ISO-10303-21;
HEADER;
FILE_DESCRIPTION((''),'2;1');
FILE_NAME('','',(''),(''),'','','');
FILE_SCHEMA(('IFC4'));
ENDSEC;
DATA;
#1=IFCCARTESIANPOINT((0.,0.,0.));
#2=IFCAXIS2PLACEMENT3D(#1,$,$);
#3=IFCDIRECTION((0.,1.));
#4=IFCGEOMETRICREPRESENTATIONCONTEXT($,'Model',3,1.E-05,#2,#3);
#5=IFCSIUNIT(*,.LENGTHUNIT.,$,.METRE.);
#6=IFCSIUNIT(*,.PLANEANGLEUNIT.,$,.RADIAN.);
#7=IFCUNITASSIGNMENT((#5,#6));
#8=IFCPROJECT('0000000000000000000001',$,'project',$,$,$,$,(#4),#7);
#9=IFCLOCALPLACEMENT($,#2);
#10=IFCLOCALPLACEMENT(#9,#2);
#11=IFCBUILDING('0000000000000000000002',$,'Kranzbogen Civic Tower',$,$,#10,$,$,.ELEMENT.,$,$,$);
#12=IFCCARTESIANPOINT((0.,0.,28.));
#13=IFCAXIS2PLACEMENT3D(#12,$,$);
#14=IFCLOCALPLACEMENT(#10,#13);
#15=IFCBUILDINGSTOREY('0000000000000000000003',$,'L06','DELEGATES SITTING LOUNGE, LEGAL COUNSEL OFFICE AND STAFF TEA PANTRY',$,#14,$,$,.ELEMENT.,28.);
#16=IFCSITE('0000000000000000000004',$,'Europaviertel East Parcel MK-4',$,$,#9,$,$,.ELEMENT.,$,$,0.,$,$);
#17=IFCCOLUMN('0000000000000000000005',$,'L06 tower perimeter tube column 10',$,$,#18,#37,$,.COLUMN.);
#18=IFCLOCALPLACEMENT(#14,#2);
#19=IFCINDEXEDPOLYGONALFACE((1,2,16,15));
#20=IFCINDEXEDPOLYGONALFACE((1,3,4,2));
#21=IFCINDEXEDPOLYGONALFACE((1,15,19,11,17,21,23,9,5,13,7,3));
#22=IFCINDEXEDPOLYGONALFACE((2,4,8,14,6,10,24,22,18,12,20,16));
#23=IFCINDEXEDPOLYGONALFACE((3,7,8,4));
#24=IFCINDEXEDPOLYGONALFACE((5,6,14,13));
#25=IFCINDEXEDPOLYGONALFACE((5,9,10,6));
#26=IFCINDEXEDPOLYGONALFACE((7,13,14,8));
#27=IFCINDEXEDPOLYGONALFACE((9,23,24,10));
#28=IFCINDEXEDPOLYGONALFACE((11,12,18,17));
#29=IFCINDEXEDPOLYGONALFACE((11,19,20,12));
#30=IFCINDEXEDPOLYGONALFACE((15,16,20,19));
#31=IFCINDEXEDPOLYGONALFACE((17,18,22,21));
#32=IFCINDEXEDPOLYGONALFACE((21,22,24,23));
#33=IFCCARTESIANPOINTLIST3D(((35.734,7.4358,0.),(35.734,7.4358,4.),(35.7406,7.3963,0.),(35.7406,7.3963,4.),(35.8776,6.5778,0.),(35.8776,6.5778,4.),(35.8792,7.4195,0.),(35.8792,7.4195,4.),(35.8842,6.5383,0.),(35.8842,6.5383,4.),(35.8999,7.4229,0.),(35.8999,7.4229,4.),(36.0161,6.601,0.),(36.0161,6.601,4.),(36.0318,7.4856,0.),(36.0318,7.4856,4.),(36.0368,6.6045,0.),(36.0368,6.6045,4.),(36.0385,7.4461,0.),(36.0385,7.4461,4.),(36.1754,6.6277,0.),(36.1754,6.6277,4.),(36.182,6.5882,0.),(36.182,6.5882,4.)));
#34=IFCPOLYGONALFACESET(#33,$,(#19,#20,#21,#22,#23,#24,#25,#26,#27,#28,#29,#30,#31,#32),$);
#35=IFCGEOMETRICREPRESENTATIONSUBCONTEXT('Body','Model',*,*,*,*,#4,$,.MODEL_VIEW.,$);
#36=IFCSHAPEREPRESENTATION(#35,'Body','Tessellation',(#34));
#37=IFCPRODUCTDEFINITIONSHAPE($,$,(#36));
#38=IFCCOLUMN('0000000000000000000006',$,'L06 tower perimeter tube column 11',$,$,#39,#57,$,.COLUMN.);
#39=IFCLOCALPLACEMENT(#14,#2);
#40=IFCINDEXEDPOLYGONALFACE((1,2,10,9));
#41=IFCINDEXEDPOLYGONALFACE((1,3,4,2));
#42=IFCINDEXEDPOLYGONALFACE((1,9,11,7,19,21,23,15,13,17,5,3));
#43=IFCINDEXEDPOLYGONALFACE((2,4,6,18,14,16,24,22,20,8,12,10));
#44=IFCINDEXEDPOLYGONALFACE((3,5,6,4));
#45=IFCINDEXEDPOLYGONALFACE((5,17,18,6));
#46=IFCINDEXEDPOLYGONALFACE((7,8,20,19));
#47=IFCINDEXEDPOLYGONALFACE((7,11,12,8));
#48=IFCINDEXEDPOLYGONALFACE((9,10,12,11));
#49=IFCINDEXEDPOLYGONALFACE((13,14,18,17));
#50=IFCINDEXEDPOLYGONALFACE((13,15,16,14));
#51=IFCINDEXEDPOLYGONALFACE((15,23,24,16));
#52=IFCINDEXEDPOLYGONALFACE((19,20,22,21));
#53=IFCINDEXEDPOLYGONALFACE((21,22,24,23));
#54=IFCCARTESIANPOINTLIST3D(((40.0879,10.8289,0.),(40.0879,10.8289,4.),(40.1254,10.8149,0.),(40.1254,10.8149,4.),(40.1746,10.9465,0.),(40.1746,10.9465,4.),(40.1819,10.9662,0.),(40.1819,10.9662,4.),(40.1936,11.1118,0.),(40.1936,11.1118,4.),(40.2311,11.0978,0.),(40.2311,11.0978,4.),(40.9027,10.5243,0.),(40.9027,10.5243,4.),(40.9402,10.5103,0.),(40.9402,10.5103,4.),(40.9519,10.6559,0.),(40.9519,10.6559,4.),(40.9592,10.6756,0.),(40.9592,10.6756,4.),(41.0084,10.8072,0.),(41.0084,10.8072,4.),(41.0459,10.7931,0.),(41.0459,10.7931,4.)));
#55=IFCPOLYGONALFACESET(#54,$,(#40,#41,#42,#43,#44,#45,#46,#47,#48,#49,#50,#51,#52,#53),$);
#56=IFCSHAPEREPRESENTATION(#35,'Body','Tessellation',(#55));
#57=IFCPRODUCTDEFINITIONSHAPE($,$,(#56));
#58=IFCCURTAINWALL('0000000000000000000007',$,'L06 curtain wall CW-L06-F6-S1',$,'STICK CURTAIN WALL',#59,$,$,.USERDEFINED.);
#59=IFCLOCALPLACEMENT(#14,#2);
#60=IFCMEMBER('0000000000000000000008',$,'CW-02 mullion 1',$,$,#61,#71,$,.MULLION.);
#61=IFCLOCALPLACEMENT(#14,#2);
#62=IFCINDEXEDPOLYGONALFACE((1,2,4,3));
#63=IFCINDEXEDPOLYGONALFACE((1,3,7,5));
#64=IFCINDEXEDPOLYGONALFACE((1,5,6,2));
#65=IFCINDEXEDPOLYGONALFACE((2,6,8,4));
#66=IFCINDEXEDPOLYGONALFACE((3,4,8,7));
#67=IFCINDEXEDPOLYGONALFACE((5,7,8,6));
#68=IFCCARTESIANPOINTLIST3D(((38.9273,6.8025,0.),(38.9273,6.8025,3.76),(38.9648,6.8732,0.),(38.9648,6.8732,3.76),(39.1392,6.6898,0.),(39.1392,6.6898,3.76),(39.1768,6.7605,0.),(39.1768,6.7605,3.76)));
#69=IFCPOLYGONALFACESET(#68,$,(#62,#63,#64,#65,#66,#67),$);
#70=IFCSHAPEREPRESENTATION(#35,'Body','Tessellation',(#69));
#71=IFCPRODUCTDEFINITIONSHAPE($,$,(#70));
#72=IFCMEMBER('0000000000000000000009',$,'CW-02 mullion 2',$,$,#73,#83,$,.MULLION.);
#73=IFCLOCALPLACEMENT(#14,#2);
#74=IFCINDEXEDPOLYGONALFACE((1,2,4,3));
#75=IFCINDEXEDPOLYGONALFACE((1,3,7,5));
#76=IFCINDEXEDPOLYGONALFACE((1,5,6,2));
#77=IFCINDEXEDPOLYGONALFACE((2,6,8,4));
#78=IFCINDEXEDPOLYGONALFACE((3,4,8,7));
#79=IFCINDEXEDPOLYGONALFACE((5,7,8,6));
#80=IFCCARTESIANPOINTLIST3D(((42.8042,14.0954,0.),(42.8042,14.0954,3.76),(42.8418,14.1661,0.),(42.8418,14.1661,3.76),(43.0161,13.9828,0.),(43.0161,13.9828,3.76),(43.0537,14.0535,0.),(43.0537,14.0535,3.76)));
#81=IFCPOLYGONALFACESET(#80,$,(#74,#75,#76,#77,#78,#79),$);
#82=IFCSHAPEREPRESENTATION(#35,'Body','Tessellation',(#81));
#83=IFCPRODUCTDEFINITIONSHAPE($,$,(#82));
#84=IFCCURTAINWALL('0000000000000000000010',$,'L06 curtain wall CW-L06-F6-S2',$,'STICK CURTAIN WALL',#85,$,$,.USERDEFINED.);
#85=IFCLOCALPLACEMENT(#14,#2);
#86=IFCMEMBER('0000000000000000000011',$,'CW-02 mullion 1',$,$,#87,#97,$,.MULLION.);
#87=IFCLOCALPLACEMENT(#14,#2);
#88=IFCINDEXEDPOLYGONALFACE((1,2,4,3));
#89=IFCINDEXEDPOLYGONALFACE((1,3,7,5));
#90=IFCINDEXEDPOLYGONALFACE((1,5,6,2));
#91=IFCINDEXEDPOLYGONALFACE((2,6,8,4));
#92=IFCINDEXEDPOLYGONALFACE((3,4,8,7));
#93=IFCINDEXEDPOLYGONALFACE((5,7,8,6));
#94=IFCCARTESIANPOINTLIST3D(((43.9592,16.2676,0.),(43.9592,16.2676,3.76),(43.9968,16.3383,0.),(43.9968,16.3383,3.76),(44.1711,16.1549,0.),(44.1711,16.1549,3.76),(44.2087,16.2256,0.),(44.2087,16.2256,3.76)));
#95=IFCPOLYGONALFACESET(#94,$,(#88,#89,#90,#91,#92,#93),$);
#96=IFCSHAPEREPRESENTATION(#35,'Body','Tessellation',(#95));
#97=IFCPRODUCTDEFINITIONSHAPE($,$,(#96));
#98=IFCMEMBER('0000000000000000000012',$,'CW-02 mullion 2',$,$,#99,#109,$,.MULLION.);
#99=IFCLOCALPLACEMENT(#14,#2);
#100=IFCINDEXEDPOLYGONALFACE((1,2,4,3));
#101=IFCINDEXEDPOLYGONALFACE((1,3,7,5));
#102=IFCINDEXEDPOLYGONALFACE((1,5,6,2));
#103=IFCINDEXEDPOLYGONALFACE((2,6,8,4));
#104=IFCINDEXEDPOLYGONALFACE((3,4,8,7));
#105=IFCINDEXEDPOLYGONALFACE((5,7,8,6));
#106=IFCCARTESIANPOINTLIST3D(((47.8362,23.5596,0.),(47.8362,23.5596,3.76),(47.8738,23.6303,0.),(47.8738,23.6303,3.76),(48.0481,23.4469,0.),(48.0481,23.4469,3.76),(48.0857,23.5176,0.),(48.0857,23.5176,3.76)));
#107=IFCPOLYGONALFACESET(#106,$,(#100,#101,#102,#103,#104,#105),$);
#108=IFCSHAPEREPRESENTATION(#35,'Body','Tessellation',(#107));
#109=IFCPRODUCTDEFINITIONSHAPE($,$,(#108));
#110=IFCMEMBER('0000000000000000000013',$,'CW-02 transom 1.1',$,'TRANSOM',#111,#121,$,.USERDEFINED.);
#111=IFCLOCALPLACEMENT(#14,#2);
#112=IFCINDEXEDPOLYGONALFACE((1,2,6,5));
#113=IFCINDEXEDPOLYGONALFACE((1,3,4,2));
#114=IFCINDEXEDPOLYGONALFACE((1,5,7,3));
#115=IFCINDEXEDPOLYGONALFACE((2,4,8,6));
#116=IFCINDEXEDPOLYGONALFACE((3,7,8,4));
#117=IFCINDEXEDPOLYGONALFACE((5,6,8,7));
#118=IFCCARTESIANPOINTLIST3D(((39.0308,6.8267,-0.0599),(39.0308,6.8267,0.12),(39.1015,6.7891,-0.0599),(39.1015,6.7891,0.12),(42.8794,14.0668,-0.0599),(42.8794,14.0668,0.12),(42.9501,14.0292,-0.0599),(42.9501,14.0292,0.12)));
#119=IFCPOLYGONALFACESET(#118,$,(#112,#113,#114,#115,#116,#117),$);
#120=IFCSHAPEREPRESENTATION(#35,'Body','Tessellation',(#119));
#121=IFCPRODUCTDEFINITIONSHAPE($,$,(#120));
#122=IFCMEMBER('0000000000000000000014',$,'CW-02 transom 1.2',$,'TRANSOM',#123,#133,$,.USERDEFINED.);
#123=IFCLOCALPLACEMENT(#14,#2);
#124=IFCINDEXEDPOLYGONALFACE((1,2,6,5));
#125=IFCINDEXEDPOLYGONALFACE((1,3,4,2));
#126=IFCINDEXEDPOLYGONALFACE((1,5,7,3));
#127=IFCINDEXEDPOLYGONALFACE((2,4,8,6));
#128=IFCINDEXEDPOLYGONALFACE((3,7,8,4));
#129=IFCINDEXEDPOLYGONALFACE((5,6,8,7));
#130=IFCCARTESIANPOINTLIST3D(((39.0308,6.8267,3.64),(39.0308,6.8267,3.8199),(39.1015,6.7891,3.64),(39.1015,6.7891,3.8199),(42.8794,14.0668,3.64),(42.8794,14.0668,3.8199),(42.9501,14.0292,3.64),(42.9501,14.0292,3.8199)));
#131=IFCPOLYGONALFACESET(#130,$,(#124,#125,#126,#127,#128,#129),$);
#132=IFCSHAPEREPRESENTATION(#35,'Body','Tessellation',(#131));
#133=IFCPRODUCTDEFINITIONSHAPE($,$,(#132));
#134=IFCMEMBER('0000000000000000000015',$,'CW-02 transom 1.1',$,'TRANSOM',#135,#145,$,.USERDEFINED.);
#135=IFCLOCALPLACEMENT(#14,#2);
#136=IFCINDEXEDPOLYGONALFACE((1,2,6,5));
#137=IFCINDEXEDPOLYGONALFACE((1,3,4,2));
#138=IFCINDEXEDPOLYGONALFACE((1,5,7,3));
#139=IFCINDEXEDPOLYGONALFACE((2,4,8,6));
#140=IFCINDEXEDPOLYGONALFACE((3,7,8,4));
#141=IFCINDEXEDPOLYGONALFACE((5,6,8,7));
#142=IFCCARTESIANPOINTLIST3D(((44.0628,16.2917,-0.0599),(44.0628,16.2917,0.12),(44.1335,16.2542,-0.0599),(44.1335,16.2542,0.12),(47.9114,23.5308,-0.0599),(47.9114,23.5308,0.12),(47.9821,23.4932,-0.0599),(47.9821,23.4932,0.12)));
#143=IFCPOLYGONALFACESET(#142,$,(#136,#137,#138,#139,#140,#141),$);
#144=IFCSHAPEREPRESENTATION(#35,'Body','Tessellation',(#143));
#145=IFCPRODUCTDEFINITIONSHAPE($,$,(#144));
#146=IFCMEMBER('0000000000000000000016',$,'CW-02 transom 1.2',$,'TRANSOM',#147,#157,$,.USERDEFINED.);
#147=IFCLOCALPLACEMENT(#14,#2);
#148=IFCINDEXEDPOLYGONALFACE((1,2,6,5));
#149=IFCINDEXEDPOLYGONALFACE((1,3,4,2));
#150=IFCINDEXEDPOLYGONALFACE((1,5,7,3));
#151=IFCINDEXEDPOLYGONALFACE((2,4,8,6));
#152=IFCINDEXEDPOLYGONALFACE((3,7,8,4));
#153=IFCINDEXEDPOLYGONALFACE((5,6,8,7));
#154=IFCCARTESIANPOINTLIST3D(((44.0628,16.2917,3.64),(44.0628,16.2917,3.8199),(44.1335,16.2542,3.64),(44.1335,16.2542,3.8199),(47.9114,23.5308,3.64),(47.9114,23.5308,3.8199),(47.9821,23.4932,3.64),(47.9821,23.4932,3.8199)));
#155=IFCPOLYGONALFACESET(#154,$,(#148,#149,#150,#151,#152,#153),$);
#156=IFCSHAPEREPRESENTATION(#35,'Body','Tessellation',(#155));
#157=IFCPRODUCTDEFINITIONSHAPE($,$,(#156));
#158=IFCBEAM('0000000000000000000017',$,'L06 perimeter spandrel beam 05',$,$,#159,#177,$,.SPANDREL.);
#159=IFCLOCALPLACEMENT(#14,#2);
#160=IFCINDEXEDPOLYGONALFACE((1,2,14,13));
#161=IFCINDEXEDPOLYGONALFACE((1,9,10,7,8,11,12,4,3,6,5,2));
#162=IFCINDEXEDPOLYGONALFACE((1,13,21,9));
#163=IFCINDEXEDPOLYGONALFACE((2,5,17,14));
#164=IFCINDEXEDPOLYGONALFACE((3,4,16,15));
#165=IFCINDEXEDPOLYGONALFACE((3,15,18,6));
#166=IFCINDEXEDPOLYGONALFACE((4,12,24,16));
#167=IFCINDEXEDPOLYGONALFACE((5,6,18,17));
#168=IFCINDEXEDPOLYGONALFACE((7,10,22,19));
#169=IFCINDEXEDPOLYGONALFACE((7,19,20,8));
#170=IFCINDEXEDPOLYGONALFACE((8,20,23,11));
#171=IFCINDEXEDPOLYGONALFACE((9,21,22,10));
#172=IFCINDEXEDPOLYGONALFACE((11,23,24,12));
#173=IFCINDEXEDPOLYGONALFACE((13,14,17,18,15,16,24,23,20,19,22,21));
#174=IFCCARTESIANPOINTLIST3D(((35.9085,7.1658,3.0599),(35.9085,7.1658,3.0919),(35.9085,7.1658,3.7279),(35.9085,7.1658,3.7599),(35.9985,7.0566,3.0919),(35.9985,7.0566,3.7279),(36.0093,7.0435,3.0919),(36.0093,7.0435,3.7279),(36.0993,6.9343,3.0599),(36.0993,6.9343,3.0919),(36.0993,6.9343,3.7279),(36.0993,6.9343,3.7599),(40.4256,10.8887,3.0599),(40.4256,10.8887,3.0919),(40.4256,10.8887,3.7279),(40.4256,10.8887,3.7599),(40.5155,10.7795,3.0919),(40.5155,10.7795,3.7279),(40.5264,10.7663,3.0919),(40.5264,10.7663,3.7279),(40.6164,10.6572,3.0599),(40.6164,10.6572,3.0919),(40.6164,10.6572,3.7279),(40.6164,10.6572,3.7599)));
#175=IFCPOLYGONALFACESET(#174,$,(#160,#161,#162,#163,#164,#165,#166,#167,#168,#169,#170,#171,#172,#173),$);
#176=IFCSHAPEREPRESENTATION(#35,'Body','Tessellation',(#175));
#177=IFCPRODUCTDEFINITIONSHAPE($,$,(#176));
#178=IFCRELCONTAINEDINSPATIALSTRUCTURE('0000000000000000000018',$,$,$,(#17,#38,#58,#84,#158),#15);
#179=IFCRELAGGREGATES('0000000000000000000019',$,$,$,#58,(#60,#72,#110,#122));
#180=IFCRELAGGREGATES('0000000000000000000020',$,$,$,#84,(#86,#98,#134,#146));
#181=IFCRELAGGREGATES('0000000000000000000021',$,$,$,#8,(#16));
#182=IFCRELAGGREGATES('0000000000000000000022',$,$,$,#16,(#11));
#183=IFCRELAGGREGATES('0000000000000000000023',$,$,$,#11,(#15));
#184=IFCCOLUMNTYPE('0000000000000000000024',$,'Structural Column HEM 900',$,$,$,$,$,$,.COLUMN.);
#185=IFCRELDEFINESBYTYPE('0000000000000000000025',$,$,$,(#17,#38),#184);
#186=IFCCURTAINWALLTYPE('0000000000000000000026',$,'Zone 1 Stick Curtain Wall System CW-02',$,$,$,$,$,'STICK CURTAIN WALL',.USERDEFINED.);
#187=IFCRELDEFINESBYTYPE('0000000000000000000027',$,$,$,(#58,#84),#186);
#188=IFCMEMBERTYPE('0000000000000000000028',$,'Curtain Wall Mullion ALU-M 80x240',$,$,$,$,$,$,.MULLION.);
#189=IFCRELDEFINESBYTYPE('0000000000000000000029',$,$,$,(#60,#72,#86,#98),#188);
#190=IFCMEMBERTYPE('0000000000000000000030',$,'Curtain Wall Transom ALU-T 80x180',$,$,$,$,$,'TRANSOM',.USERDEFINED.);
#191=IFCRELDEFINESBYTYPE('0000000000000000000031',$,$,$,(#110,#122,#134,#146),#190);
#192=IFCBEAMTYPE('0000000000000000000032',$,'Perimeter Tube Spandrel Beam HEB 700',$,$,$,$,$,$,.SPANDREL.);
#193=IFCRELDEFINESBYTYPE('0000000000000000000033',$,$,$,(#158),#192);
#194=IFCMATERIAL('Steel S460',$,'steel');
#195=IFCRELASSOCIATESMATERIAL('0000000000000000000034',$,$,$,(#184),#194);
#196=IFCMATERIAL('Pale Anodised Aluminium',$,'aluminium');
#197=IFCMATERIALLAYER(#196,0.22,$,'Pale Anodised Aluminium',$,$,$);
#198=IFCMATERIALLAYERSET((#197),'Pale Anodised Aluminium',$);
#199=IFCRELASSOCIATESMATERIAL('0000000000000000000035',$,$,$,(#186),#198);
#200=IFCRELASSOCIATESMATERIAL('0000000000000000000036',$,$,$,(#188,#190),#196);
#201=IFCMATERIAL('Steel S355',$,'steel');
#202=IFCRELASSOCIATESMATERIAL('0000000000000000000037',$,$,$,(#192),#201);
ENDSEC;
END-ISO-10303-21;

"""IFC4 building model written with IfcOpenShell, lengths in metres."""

from ifc_helpers import new_model, si_unit, direction, frame, origin, origin_2d, place, context, subcontext, project, spatial, rectangle, i_section, extrude, material, layer, layer_set, material_profile, profile_set, type_object, element, aggregate, save


model = new_model("IFC4")

# Units and contexts
model_context = context("Model", 3, precision=1e-05, world=origin(), true_north=direction((0.0, 1.0)))
body_context = subcontext(model_context, "Body", "Model", "MODEL_VIEW")
ifc_project = project(units=[si_unit("LENGTHUNIT", "METRE"), si_unit("PLANEANGLEUNIT", "RADIAN")], contexts=[model_context])

# Site, building, storey
site_placement = place(None, origin())
site = spatial("IfcSite", under=ifc_project, at=site_placement, Name="Europaviertel East Parcel MK-4", CompositionType="ELEMENT", RefElevation=0.0)
building_placement = place(site_placement, origin())
building = spatial("IfcBuilding", under=site, at=building_placement, Name="Kranzbogen Civic Tower", CompositionType="ELEMENT")
storey_placement = place(building_placement, frame((0.0, 0.0, 28.0)))
storey = spatial("IfcBuildingStorey", under=building, at=storey_placement, Name="L06", Description="DELEGATES SITTING LOUNGE, LEGAL COUNSEL OFFICE AND STAFF TEA PANTRY", CompositionType="ELEMENT", Elevation=28.0)

# Columns
ifc_material_1 = material(Name="Steel S460", Category="steel")
ifc_material_profile_1 = material_profile(ifc_material_1, i_section(OverallWidth=0.302, OverallDepth=0.9099, WebThickness=0.021, FlangeThickness=0.04, at=origin_2d()), Name="HEM 900")
ifc_profile_set_1 = profile_set([ifc_material_profile_1], Name="Steel S460")
column_type = type_object("IfcColumnType", Name="Structural Column HEM 900", PredefinedType="COLUMN", material=ifc_profile_set_1)
for number, where, z_axis, x_axis, name in (
    (1, (35.958, 7.012, 0.0), (0.0, 0.0, 1.0), (0.986286, 0.165048, 0.0), "L06 tower perimeter tube column 10"),
    (2, (40.5669, 10.811, 0.0), (0.0, 0.0, 1.0), (0.350207, 0.936672, 0.0), "L06 tower perimeter tube column 11"),
):
    element("IfcColumn", number, at=place(storey_placement, frame(where, z_axis=z_axis, x_axis=x_axis)), inside=storey, type_object=column_type, Name=name, PredefinedType="COLUMN", context=body_context, shape_type="SweptSolid", body=[
        extrude(i_section(OverallWidth=0.302, OverallDepth=0.9099, WebThickness=0.021, FlangeThickness=0.04, at=origin_2d()), origin(), (0.0, 0.0, 1.0), 4.0),
    ])

# Curtain walls, members
ifc_material_2 = material(Name="Pale Anodised Aluminium", Category="aluminium")
ifc_layer_1 = layer(ifc_material_2, 0.22, Name="Pale Anodised Aluminium")
ifc_layer_set_1 = layer_set([ifc_layer_1], Name="Pale Anodised Aluminium")
curtain_wall_type = type_object("IfcCurtainWallType", Name="Zone 1 Stick Curtain Wall System CW-02", ElementType="STICK CURTAIN WALL", PredefinedType="USERDEFINED", material=ifc_layer_set_1)
curtain_wall_1_placement = place(storey_placement, origin())
curtain_wall_1 = element("IfcCurtainWall", 3, at=curtain_wall_1_placement, inside=storey, type_object=curtain_wall_type, Name="L06 curtain wall CW-L06-F6-S1", ObjectType="STICK CURTAIN WALL", PredefinedType="USERDEFINED")
ifc_material_profile_2 = material_profile(ifc_material_2, rectangle(XDim=0.0801, YDim=0.24, at=origin_2d()), Name="ALU-M 80x240")
ifc_profile_set_2 = profile_set([ifc_material_profile_2], Name="Pale Anodised Aluminium")
member_type_1 = type_object("IfcMemberType", Name="Curtain Wall Mullion ALU-M 80x240", PredefinedType="MULLION", material=ifc_profile_set_2)
member_1_placement = place(storey_placement, frame((39.052, 6.7815, 0.0), z_axis=(0.0, 0.0, 1.0), x_axis=(0.469384, 0.882994, 0.0)))
member_1 = element("IfcMember", 4, at=member_1_placement, type_object=member_type_1, Name="CW-02 mullion 1", PredefinedType="MULLION", context=body_context, shape_type="SweptSolid", body=[
    extrude(rectangle(XDim=0.0801, YDim=0.24, at=origin_2d()), origin(), (0.0, 0.0, 1.0), 3.76),
])
member_2_placement = place(storey_placement, frame((42.929, 14.0745, 0.0), z_axis=(0.0, 0.0, 1.0), x_axis=(0.469384, 0.882994, 0.0)))
member_2 = element("IfcMember", 5, at=member_2_placement, type_object=member_type_1, Name="CW-02 mullion 2", PredefinedType="MULLION", context=body_context, shape_type="SweptSolid", body=[
    extrude(rectangle(XDim=0.0801, YDim=0.24, at=origin_2d()), origin(), (0.0, 0.0, 1.0), 3.76),
])
curtain_wall_2_placement = place(storey_placement, origin())
curtain_wall_2 = element("IfcCurtainWall", 6, at=curtain_wall_2_placement, inside=storey, type_object=curtain_wall_type, Name="L06 curtain wall CW-L06-F6-S2", ObjectType="STICK CURTAIN WALL", PredefinedType="USERDEFINED")
member_3_placement = place(storey_placement, frame((44.084, 16.2466, 0.0), z_axis=(0.0, 0.0, 1.0), x_axis=(0.469434, 0.882968, 0.0)))
member_3 = element("IfcMember", 7, at=member_3_placement, type_object=member_type_1, Name="CW-02 mullion 1", PredefinedType="MULLION", context=body_context, shape_type="SweptSolid", body=[
    extrude(rectangle(XDim=0.0801, YDim=0.24, at=origin_2d()), origin(), (0.0, 0.0, 1.0), 3.76),
])
member_4_placement = place(storey_placement, frame((47.9609, 23.5386, 0.0), z_axis=(0.0, 0.0, 1.0), x_axis=(0.469434, 0.882968, 0.0)))
member_4 = element("IfcMember", 8, at=member_4_placement, type_object=member_type_1, Name="CW-02 mullion 2", PredefinedType="MULLION", context=body_context, shape_type="SweptSolid", body=[
    extrude(rectangle(XDim=0.0801, YDim=0.24, at=origin_2d()), origin(), (0.0, 0.0, 1.0), 3.76),
])

# Members
ifc_material_profile_3 = material_profile(ifc_material_2, rectangle(XDim=0.0801, YDim=0.1799, at=origin_2d()), Name="ALU-T 80x180")
ifc_profile_set_3 = profile_set([ifc_material_profile_3], Name="Pale Anodised Aluminium")
member_type_2 = type_object("IfcMemberType", Name="Curtain Wall Transom ALU-T 80x180", ElementType="TRANSOM", PredefinedType="USERDEFINED", material=ifc_profile_set_3)
member_5_placement = place(storey_placement, frame((39.0662, 6.8079, 0.03), z_axis=(0.46937, 0.883002, 0.0), x_axis=(-0.883002, 0.46937, 0.0)))
member_5 = element("IfcMember", 9, at=member_5_placement, type_object=member_type_2, Name="CW-02 transom 1.1", ObjectType="TRANSOM", PredefinedType="USERDEFINED", context=body_context, shape_type="SweptSolid", body=[
    extrude(rectangle(XDim=0.0801, YDim=0.1799, at=origin_2d()), origin(), (0.0, 0.0, 1.0), 8.1995),
])
member_6_placement = place(storey_placement, frame((39.0662, 6.8079, 3.73), z_axis=(0.46937, 0.883002, 0.0), x_axis=(-0.883002, 0.46937, 0.0)))
member_6 = element("IfcMember", 10, at=member_6_placement, type_object=member_type_2, Name="CW-02 transom 1.2", ObjectType="TRANSOM", PredefinedType="USERDEFINED", context=body_context, shape_type="SweptSolid", body=[
    extrude(rectangle(XDim=0.0801, YDim=0.1799, at=origin_2d()), origin(), (0.0, 0.0, 1.0), 8.1995),
])
member_7_placement = place(storey_placement, frame((44.0981, 16.2729, 0.03), z_axis=(0.469432, 0.882969, 0.0), x_axis=(-0.882969, 0.469432, 0.0)))
member_7 = element("IfcMember", 11, at=member_7_placement, type_object=member_type_2, Name="CW-02 transom 1.1", ObjectType="TRANSOM", PredefinedType="USERDEFINED", context=body_context, shape_type="SweptSolid", body=[
    extrude(rectangle(XDim=0.0801, YDim=0.1799, at=origin_2d()), origin(), (0.0, 0.0, 1.0), 8.1985),
])
member_8_placement = place(storey_placement, frame((44.0981, 16.2729, 3.73), z_axis=(0.469432, 0.882969, 0.0), x_axis=(-0.882969, 0.469432, 0.0)))
member_8 = element("IfcMember", 12, at=member_8_placement, type_object=member_type_2, Name="CW-02 transom 1.2", ObjectType="TRANSOM", PredefinedType="USERDEFINED", context=body_context, shape_type="SweptSolid", body=[
    extrude(rectangle(XDim=0.0801, YDim=0.1799, at=origin_2d()), origin(), (0.0, 0.0, 1.0), 8.1985),
])

# Beam
ifc_material_3 = material(Name="Steel S355", Category="steel")
ifc_material_profile_4 = material_profile(ifc_material_3, i_section(OverallWidth=0.3, OverallDepth=0.7, WebThickness=0.0171, FlangeThickness=0.032, at=origin_2d()), Name="HEB 700")
ifc_profile_set_4 = profile_set([ifc_material_profile_4], Name="Steel S355")
beam_type_1 = type_object("IfcBeamType", Name="Perimeter Tube Spandrel Beam HEB 700", PredefinedType="SPANDREL", material=ifc_profile_set_4)
beam_1_placement = place(storey_placement, frame((36.0039, 7.05, 3.4099), z_axis=(0.771683, 0.636007, 0.0), x_axis=(-0.636007, 0.771683, 0.0)))
element("IfcBeam", 13, at=beam_1_placement, inside=storey, type_object=beam_type_1, Name="L06 perimeter spandrel beam 05", PredefinedType="SPANDREL", context=body_context, shape_type="SweptSolid", body=[
    extrude(i_section(OverallWidth=0.3, OverallDepth=0.7, WebThickness=0.0171, FlangeThickness=0.032, at=origin_2d()), origin(), (0.0, 0.0, 1.0), 5.8535),
])

aggregate(curtain_wall_1, [member_1, member_2, member_5, member_6])
aggregate(curtain_wall_2, [member_3, member_4, member_7, member_8])

save(model, "model.ifc")
